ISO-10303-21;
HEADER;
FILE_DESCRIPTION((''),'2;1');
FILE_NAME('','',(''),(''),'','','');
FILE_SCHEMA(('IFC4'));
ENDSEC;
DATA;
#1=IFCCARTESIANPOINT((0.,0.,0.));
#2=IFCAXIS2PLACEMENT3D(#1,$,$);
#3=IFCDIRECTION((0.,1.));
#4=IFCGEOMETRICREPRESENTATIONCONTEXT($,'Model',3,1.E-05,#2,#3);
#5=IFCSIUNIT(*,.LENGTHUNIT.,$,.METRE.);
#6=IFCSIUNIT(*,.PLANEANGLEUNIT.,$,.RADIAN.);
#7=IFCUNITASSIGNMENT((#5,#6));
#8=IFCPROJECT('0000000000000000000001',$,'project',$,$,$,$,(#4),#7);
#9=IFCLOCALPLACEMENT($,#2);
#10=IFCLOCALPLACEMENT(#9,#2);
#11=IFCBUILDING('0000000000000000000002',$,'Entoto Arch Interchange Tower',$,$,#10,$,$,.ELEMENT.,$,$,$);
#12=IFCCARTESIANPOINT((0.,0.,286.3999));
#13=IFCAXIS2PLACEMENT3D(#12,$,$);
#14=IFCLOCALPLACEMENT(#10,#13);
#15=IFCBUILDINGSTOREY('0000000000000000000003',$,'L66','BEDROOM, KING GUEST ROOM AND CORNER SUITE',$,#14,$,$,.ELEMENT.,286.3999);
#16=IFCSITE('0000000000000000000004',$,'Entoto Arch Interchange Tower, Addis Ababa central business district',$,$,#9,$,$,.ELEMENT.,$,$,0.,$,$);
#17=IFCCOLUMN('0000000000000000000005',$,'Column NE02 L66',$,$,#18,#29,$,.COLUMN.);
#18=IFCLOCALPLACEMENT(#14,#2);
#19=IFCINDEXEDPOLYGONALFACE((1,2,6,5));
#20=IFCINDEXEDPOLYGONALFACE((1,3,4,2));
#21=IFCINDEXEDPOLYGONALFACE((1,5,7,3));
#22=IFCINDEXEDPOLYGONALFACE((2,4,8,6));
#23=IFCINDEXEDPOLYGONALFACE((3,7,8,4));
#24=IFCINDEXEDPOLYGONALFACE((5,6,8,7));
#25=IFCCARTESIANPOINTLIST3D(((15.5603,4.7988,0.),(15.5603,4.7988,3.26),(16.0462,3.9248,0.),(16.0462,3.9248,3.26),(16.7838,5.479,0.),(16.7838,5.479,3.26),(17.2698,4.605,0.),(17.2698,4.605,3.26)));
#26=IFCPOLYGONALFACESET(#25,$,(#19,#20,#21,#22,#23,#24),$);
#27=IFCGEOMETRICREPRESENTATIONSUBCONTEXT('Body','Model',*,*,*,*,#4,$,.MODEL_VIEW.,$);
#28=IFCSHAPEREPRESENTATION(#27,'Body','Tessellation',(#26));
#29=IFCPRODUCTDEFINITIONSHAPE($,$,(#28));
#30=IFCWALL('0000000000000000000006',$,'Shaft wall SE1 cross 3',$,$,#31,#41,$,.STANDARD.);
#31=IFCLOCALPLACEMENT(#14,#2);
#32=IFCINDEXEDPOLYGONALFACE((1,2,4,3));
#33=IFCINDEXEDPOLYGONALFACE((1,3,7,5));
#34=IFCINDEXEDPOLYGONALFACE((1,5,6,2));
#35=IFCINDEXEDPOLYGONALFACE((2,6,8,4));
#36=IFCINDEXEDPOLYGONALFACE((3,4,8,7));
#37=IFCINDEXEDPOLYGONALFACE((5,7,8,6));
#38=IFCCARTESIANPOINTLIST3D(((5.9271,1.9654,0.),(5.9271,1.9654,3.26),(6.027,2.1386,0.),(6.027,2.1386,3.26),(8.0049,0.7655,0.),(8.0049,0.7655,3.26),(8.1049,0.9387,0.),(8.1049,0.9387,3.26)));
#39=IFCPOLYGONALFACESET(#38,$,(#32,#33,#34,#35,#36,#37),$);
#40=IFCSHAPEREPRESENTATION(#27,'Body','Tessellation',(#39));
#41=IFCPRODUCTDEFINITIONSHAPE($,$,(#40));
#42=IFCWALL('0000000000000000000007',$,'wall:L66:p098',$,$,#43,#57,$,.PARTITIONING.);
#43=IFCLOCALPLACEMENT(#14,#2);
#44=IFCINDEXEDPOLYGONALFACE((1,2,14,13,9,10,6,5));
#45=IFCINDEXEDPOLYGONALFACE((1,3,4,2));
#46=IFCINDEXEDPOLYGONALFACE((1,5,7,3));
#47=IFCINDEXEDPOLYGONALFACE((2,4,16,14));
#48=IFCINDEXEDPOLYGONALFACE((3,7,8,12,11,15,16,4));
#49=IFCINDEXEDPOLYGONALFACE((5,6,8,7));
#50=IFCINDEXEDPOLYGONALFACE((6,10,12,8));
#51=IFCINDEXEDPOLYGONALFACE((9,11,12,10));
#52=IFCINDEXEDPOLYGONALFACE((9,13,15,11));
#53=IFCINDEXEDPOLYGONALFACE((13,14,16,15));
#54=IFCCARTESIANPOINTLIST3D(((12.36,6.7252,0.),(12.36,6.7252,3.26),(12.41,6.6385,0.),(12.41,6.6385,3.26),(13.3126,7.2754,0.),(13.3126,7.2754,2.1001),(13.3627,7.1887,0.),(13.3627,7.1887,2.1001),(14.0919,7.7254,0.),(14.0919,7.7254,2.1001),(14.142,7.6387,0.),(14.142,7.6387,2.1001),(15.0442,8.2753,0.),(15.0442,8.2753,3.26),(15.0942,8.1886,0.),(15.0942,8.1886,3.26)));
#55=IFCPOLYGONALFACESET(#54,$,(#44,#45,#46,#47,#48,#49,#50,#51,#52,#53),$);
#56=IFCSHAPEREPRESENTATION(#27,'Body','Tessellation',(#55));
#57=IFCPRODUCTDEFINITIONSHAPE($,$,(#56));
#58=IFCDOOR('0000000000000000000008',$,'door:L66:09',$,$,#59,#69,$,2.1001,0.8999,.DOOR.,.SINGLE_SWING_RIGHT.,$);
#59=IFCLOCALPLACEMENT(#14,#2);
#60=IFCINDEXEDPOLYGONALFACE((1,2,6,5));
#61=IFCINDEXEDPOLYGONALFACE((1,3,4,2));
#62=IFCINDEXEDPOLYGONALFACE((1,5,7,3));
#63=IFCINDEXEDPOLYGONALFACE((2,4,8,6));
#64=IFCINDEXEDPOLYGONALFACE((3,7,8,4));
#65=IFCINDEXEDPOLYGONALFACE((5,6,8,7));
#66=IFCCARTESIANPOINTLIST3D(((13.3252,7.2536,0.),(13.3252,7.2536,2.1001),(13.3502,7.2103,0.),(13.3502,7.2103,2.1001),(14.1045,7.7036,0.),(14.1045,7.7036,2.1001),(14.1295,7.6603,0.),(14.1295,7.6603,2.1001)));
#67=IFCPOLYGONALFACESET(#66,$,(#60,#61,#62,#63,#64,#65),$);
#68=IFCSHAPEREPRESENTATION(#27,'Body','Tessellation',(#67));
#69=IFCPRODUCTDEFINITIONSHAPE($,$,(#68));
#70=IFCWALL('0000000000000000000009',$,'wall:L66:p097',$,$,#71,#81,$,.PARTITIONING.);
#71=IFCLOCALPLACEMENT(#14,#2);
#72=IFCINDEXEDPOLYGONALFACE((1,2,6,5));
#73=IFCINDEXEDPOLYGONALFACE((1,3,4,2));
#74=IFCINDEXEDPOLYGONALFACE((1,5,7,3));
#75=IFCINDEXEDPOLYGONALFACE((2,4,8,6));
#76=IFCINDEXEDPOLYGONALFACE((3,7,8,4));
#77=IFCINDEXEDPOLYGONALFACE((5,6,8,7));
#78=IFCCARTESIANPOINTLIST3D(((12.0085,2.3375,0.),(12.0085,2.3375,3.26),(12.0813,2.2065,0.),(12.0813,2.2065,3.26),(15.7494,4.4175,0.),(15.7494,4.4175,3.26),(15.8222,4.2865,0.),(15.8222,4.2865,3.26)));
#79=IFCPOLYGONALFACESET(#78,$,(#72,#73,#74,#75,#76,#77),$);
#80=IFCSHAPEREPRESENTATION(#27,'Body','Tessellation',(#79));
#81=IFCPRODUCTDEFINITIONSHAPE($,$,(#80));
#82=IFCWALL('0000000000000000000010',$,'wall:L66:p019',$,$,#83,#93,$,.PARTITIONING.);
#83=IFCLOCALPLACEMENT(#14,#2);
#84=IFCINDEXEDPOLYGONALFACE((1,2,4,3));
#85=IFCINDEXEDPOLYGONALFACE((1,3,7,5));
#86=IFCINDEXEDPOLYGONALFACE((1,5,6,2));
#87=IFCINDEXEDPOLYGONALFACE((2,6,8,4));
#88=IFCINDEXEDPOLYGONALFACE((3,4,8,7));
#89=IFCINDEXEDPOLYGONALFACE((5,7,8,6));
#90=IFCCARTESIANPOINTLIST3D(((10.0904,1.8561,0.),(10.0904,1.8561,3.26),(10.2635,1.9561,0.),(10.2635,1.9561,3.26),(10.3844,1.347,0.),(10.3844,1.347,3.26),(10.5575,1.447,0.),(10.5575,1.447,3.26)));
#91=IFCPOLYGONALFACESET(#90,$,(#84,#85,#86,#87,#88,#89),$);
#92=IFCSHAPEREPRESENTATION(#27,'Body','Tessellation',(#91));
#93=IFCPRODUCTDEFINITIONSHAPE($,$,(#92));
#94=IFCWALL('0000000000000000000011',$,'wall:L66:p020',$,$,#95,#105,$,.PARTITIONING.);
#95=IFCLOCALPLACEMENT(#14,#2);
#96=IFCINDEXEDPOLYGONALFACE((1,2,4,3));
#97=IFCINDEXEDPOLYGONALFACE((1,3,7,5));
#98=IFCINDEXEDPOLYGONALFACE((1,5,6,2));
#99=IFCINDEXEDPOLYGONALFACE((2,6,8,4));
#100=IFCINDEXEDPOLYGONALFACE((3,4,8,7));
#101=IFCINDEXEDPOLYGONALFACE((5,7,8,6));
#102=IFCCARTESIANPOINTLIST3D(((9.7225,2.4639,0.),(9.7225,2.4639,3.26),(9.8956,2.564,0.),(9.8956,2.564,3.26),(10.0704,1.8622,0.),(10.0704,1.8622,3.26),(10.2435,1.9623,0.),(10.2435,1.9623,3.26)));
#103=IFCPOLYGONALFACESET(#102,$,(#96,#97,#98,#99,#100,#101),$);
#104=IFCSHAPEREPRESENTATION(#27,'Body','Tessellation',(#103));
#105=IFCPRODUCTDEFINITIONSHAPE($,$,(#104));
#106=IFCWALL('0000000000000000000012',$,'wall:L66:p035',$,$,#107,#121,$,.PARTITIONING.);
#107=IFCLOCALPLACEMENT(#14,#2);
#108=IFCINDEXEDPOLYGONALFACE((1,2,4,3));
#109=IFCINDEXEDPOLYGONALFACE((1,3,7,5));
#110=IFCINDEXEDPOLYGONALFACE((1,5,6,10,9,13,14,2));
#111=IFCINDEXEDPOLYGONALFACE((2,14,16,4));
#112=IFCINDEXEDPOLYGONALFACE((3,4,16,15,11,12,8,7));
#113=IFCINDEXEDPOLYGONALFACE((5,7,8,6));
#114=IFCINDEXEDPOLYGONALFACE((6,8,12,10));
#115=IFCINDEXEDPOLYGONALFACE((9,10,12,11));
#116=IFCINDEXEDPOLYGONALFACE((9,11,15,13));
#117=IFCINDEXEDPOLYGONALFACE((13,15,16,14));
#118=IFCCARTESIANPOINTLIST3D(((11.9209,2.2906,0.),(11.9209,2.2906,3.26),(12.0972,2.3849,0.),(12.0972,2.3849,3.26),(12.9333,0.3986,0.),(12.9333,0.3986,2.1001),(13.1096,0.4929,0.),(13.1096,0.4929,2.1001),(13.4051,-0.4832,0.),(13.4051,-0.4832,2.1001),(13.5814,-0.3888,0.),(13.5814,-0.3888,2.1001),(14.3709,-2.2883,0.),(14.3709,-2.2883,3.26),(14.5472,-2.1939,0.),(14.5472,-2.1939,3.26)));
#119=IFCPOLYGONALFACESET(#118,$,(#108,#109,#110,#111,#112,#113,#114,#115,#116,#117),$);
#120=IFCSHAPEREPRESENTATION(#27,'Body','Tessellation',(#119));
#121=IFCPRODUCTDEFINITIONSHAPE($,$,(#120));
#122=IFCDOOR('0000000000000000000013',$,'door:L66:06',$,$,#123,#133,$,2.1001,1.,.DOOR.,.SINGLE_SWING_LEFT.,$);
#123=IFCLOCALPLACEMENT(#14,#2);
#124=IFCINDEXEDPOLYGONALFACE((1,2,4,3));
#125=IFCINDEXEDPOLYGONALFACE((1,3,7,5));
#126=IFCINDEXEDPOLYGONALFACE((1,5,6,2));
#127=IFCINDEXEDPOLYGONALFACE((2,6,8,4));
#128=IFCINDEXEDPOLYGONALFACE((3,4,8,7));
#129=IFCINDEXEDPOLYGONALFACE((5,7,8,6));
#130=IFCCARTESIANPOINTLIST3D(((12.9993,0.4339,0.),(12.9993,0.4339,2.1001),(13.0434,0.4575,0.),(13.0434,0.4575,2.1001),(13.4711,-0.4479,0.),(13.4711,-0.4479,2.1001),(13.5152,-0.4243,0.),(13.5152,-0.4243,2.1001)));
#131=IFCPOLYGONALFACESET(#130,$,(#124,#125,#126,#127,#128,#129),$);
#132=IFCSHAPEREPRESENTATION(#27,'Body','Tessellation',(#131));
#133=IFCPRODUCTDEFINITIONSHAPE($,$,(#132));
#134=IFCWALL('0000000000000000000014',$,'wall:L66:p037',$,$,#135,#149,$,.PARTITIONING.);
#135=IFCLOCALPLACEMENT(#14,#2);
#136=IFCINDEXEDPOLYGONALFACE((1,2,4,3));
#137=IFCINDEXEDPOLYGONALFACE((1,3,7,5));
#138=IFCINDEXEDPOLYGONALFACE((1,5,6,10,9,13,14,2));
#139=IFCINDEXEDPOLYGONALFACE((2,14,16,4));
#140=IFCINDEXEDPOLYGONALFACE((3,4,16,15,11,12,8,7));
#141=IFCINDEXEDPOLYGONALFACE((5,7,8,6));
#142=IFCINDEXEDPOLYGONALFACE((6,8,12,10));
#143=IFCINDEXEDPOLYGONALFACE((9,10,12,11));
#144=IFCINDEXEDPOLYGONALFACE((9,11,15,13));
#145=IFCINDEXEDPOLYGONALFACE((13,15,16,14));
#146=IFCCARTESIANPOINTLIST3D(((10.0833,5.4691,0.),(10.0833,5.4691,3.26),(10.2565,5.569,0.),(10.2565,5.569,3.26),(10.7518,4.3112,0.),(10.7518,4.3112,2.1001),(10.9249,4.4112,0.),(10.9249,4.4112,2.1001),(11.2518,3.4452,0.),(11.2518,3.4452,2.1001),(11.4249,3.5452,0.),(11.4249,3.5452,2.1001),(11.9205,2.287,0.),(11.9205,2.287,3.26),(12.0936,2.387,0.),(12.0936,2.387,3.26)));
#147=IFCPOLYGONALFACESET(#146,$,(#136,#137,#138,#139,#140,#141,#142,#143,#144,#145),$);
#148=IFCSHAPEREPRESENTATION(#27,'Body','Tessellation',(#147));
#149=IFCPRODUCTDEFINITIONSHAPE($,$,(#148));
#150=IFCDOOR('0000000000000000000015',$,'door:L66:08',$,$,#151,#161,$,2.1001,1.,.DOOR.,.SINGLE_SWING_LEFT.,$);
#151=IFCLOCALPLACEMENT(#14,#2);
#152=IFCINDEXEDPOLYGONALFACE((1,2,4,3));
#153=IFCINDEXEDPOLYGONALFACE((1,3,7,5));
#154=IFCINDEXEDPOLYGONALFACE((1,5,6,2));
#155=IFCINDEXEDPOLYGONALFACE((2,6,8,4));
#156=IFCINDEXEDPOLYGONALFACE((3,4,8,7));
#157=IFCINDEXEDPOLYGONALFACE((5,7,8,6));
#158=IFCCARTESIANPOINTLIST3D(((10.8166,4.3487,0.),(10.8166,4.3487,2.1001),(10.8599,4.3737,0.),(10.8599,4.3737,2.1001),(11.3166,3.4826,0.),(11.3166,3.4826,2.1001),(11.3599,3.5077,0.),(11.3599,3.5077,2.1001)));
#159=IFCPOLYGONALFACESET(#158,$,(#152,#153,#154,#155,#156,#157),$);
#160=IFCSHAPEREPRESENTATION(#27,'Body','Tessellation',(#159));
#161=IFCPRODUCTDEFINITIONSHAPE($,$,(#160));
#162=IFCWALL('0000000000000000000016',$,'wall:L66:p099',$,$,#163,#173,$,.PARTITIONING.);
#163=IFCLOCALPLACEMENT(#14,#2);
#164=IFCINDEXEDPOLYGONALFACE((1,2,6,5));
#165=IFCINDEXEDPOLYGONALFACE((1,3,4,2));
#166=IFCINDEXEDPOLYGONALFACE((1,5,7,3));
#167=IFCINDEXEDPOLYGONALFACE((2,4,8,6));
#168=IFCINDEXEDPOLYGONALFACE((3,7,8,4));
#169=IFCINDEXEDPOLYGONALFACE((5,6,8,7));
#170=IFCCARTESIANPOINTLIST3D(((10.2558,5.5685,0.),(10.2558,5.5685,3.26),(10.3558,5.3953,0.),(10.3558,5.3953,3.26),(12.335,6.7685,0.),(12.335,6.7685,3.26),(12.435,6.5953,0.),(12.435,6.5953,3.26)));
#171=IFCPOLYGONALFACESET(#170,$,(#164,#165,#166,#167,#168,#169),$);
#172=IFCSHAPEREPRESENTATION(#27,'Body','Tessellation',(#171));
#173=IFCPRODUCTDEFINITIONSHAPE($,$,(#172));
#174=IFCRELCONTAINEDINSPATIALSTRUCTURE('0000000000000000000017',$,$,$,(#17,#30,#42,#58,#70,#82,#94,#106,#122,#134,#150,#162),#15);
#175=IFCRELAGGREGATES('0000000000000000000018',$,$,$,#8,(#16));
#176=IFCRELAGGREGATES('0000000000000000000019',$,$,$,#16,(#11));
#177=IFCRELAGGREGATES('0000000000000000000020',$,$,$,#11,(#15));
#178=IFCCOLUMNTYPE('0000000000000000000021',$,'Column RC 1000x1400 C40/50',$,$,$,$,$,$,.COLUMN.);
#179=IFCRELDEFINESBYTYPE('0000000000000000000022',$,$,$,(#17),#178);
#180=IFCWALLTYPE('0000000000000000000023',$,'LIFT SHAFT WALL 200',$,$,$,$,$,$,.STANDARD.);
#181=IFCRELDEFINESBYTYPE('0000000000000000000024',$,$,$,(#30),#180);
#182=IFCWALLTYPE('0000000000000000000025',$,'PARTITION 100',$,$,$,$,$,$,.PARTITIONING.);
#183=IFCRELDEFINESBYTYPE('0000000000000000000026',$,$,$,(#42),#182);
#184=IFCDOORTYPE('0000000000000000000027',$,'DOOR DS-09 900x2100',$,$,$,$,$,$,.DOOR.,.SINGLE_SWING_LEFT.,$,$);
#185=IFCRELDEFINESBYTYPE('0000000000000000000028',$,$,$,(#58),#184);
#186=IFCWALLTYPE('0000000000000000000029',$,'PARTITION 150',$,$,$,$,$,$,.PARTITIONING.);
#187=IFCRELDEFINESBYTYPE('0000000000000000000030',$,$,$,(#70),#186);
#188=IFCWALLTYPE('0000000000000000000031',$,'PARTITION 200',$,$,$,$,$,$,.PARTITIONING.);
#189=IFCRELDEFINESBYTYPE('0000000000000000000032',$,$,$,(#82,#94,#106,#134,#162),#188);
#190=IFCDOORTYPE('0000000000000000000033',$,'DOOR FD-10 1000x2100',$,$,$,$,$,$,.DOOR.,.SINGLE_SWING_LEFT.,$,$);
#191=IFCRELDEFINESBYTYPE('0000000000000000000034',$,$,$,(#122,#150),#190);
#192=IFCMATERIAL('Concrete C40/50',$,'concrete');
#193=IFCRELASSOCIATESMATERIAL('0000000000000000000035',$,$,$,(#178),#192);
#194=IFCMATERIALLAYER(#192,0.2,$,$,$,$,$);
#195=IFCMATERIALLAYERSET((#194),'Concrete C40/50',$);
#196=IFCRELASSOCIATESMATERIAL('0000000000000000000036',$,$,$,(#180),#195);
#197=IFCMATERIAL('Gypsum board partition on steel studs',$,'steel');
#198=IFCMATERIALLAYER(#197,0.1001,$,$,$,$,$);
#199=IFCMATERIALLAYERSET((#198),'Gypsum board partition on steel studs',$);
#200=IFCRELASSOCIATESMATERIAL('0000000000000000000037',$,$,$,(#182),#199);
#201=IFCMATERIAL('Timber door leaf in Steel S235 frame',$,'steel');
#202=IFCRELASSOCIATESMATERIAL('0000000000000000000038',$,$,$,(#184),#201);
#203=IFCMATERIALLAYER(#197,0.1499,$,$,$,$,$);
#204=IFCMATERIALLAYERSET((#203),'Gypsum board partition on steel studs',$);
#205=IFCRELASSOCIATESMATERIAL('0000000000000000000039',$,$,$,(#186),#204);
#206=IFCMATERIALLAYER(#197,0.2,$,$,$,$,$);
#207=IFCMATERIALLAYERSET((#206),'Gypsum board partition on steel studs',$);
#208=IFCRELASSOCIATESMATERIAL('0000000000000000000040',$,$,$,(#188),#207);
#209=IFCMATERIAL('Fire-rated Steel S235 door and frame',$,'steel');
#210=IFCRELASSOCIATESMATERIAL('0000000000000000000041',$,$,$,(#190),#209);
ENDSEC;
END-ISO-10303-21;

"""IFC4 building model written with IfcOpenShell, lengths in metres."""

from ifc_helpers import new_model, si_unit, direction, frame, frame_2d, origin, origin_2d, place, context, subcontext, project, spatial, rectangle, extrude, material, layer, layer_set, material_profile, profile_set, type_object, element, fill, save


model = new_model("IFC4")

# Units and contexts
model_context = context("Model", 3, precision=1e-05, world=origin(), true_north=direction((0.0, 1.0)))
body_context = subcontext(model_context, "Body", "Model", "MODEL_VIEW")
ifc_project = project(units=[si_unit("LENGTHUNIT", "METRE"), si_unit("PLANEANGLEUNIT", "RADIAN")], contexts=[model_context])

# Site, building, storey
site_placement = place(None, origin())
site = spatial("IfcSite", under=ifc_project, at=site_placement, Name="Entoto Arch Interchange Tower, Addis Ababa central business district", CompositionType="ELEMENT", RefElevation=0.0)
building_placement = place(site_placement, origin())
building = spatial("IfcBuilding", under=site, at=building_placement, Name="Entoto Arch Interchange Tower", CompositionType="ELEMENT")
storey_placement = place(building_placement, frame((0.0, 0.0, 286.3999)))
storey = spatial("IfcBuildingStorey", under=building, at=storey_placement, Name="L66", Description="BEDROOM, KING GUEST ROOM AND CORNER SUITE", CompositionType="ELEMENT", Elevation=286.3999)

# Column
ifc_material_1 = material(Name="Concrete C40/50", Category="concrete")
ifc_material_profile = material_profile(ifc_material_1, rectangle(XDim=1.0, YDim=1.3999, at=origin_2d()))
ifc_profile_set = profile_set([ifc_material_profile], Name="Concrete C40/50")
column_type = type_object("IfcColumnType", Name="Column RC 1000x1400 C40/50", PredefinedType="COLUMN", material=ifc_profile_set)
column_placement = place(storey_placement, frame((16.415, 4.7019, 0.0), z_axis=(0.0, 0.0, 1.0), x_axis=(-0.485924, 0.874001, 0.0)))
element("IfcColumn", 1, at=column_placement, inside=storey, type_object=column_type, Name="Column NE02 L66", PredefinedType="COLUMN", context=body_context, shape_type="SweptSolid", body=[
    extrude(rectangle(XDim=1.0, YDim=1.3999, at=origin_2d()), origin(), (0.0, 0.0, 1.0), 3.26),
])

# Wall
ifc_layer_1 = layer(ifc_material_1, 0.2)
ifc_layer_set_1 = layer_set([ifc_layer_1], Name="Concrete C40/50")
wall_type_1 = type_object("IfcWallType", Name="LIFT SHAFT WALL 200", PredefinedType="STANDARD", material=ifc_layer_set_1)
wall_1_placement = place(storey_placement, frame((5.9771, 2.052, 0.0), z_axis=(0.0, 0.0, 1.0), x_axis=(0.865974, -0.500089, 0.0)))
element("IfcWall", 2, at=wall_1_placement, inside=storey, type_object=wall_type_1, Name="Shaft wall SE1 cross 3", PredefinedType="STANDARD", context=body_context, shape_type="SweptSolid", body=[
    extrude(rectangle(XDim=2.3994, YDim=0.2, at=frame_2d((1.1997, 0.0))), origin(), (0.0, 0.0, 1.0), 3.26),
])

# Wall, opening, door
ifc_material_2 = material(Name="Gypsum board partition on steel studs", Category="steel")
ifc_layer_2 = layer(ifc_material_2, 0.1001)
ifc_layer_set_2 = layer_set([ifc_layer_2], Name="Gypsum board partition on steel studs")
wall_type_2 = type_object("IfcWallType", Name="PARTITION 100", PredefinedType="PARTITIONING", material=ifc_layer_set_2)
wall_2_placement = place(storey_placement, frame((12.385, 6.6819, 0.0), z_axis=(0.0, 0.0, 1.0), x_axis=(0.86597, 0.500095, 0.0)))
wall_2 = element("IfcWall", 3, at=wall_2_placement, inside=storey, type_object=wall_type_2, Name="wall:L66:p098", PredefinedType="PARTITIONING", context=body_context, shape_type="SweptSolid", body=[
    extrude(rectangle(XDim=3.0996, YDim=0.1001, at=frame_2d((1.5498, 0.0))), origin(), (0.0, 0.0, 1.0), 3.26),
])
opening_1_placement = place(wall_2_placement, frame((1.1001, 0.0, 0.0)))
opening_1 = element("IfcOpeningElement", 4, at=opening_1_placement, cuts=wall_2, PredefinedType="OPENING", context=body_context, shape_type="SweptSolid", body=[
    extrude(rectangle(XDim=0.8999, YDim=2.1001, at=frame_2d((0.45, 1.05))), frame((0.0, 0.0601, 0.0), z_axis=(0.0, -1.0, 0.0), x_axis=(1.0, 0.0, 0.0)), (0.0, 0.0, 1.0), 0.1201),
])
ifc_material_3 = material(Name="Timber door leaf in Steel S235 frame", Category="steel")
door_type_1 = type_object("IfcDoorType", Name="DOOR DS-09 900x2100", OperationType="SINGLE_SWING_LEFT", PredefinedType="DOOR", material=ifc_material_3)
door_1_placement = place(opening_1_placement, origin())
door_1 = element("IfcDoor", 5, at=door_1_placement, inside=storey, type_object=door_type_1, Name="door:L66:09", OperationType="SINGLE_SWING_RIGHT", OverallHeight=2.1001, OverallWidth=0.8999, PredefinedType="DOOR", context=body_context, shape_type="SweptSolid", body=[
    extrude(rectangle(XDim=0.8999, YDim=2.1001, at=frame_2d((0.45, 1.05))), frame((0.0, 0.0249, 0.0), z_axis=(0.0, -1.0, 0.0), x_axis=(1.0, 0.0, 0.0)), (0.0, 0.0, 1.0), 0.05),
])
fill(opening_1, door_1)

# Walls
ifc_layer_3 = layer(ifc_material_2, 0.1499)
ifc_layer_set_3 = layer_set([ifc_layer_3], Name="Gypsum board partition on steel studs")
wall_type_3 = type_object("IfcWallType", Name="PARTITION 150", PredefinedType="PARTITIONING", material=ifc_layer_set_3)
wall_3_placement = place(storey_placement, frame((12.0449, 2.272, 0.0), z_axis=(0.0, 0.0, 1.0), x_axis=(0.873982, 0.485958, 0.0)))
element("IfcWall", 6, at=wall_3_placement, inside=storey, type_object=wall_type_3, Name="wall:L66:p097", PredefinedType="PARTITIONING", context=body_context, shape_type="SweptSolid", body=[
    extrude(rectangle(XDim=4.2803, YDim=0.1499, at=frame_2d((2.1401, 0.0))), origin(), (0.0, 0.0, 1.0), 3.26),
])
ifc_layer_4 = layer(ifc_material_2, 0.2)
ifc_layer_set_4 = layer_set([ifc_layer_4], Name="Gypsum board partition on steel studs")
wall_type_4 = type_object("IfcWallType", Name="PARTITION 200", PredefinedType="PARTITIONING", material=ifc_layer_set_4)
wall_4_placement = place(storey_placement, frame((10.4709, 1.397, 0.0), z_axis=(0.0, 0.0, 1.0), x_axis=(-0.50007, 0.865985, 0.0)))
element("IfcWall", 7, at=wall_4_placement, inside=storey, type_object=wall_type_4, Name="wall:L66:p019", PredefinedType="PARTITIONING", context=body_context, shape_type="SweptSolid", body=[
    extrude(rectangle(XDim=0.5879, YDim=0.2, at=frame_2d((0.2939, 0.0))), origin(), (0.0, 0.0, 1.0), 3.26),
])
wall_5_placement = place(storey_placement, frame((10.157, 1.9121, 0.0), z_axis=(0.0, 0.0, 1.0), x_axis=(-0.500482, 0.865747, 0.0)))
element("IfcWall", 8, at=wall_5_placement, inside=storey, type_object=wall_type_4, Name="wall:L66:p020", PredefinedType="PARTITIONING", context=body_context, shape_type="SweptSolid", body=[
    extrude(rectangle(XDim=0.6951, YDim=0.2, at=frame_2d((0.3477, 0.0))), origin(), (0.0, 0.0, 1.0), 3.26),
])

# Walls, openings, doors
wall_6_placement = place(storey_placement, frame((12.009, 2.3379, 0.0), z_axis=(0.0, 0.0, 1.0), x_axis=(0.471771, -0.881721, 0.0)))
wall_6 = element("IfcWall", 9, at=wall_6_placement, inside=storey, type_object=wall_type_4, Name="wall:L66:p035", PredefinedType="PARTITIONING", context=body_context, shape_type="SweptSolid", body=[
    extrude(rectangle(XDim=5.1931, YDim=0.2, at=frame_2d((2.5967, 0.0))), origin(), (0.0, 0.0, 1.0), 3.26),
])
opening_2_placement = place(wall_6_placement, frame((2.146, 0.0, 0.0)))
opening_2 = element("IfcOpeningElement", 10, at=opening_2_placement, cuts=wall_6, PredefinedType="OPENING", context=body_context, shape_type="SweptSolid", body=[
    extrude(rectangle(XDim=1.0, YDim=2.1001, at=frame_2d((0.5, 1.05))), frame((0.0, 0.1099, 0.0), z_axis=(0.0, -1.0, 0.0), x_axis=(1.0, 0.0, 0.0)), (0.0, 0.0, 1.0), 0.22),
])
ifc_material_4 = material(Name="Fire-rated Steel S235 door and frame", Category="steel")
door_type_2 = type_object("IfcDoorType", Name="DOOR FD-10 1000x2100", OperationType="SINGLE_SWING_LEFT", PredefinedType="DOOR", material=ifc_material_4)
door_2_placement = place(opening_2_placement, origin())
door_2 = element("IfcDoor", 11, at=door_2_placement, inside=storey, type_object=door_type_2, Name="door:L66:06", OperationType="SINGLE_SWING_LEFT", OverallHeight=2.1001, OverallWidth=1.0, PredefinedType="DOOR", context=body_context, shape_type="SweptSolid", body=[
    extrude(rectangle(XDim=1.0, YDim=2.1001, at=frame_2d((0.5, 1.05))), frame((0.0, 0.0249, 0.0), z_axis=(0.0, -1.0, 0.0), x_axis=(1.0, 0.0, 0.0)), (0.0, 0.0, 1.0), 0.05),
])
fill(opening_2, door_2)
wall_7_placement = place(storey_placement, frame((10.1699, 5.519, 0.0), z_axis=(0.0, 0.0, 1.0), x_axis=(0.499991, -0.866031, 0.0)))
wall_7 = element("IfcWall", 12, at=wall_7_placement, inside=storey, type_object=wall_type_4, Name="wall:L66:p037", PredefinedType="PARTITIONING", context=body_context, shape_type="SweptSolid", body=[
    extrude(rectangle(XDim=3.6743, YDim=0.2, at=frame_2d((1.8372, 0.0))), origin(), (0.0, 0.0, 1.0), 3.26),
])
opening_3_placement = place(wall_7_placement, frame((1.3369, 0.0, 0.0)))
opening_3 = element("IfcOpeningElement", 13, at=opening_3_placement, cuts=wall_7, PredefinedType="OPENING", context=body_context, shape_type="SweptSolid", body=[
    extrude(rectangle(XDim=1.0, YDim=2.1001, at=frame_2d((0.5, 1.05))), frame((0.0, 0.1099, 0.0), z_axis=(0.0, -1.0, 0.0), x_axis=(1.0, 0.0, 0.0)), (0.0, 0.0, 1.0), 0.22),
])
door_3_placement = place(opening_3_placement, origin())
door_3 = element("IfcDoor", 14, at=door_3_placement, inside=storey, type_object=door_type_2, Name="door:L66:08", OperationType="SINGLE_SWING_LEFT", OverallHeight=2.1001, OverallWidth=1.0, PredefinedType="DOOR", context=body_context, shape_type="SweptSolid", body=[
    extrude(rectangle(XDim=1.0, YDim=2.1001, at=frame_2d((0.5, 1.05))), frame((0.0, 0.0249, 0.0), z_axis=(0.0, -1.0, 0.0), x_axis=(1.0, 0.0, 0.0)), (0.0, 0.0, 1.0), 0.05),
])
fill(opening_3, door_3)

# Wall
wall_8_placement = place(storey_placement, frame((10.3059, 5.4819, 0.0), z_axis=(0.0, 0.0, 1.0), x_axis=(0.866101, 0.499869, 0.0)))
element("IfcWall", 15, at=wall_8_placement, inside=storey, type_object=wall_type_4, Name="wall:L66:p099", PredefinedType="PARTITIONING", context=body_context, shape_type="SweptSolid", body=[
    extrude(rectangle(XDim=2.4006, YDim=0.2, at=frame_2d((1.2002, 0.0))), origin(), (0.0, 0.0, 1.0), 3.26),
])

save(model, "model.ifc")
